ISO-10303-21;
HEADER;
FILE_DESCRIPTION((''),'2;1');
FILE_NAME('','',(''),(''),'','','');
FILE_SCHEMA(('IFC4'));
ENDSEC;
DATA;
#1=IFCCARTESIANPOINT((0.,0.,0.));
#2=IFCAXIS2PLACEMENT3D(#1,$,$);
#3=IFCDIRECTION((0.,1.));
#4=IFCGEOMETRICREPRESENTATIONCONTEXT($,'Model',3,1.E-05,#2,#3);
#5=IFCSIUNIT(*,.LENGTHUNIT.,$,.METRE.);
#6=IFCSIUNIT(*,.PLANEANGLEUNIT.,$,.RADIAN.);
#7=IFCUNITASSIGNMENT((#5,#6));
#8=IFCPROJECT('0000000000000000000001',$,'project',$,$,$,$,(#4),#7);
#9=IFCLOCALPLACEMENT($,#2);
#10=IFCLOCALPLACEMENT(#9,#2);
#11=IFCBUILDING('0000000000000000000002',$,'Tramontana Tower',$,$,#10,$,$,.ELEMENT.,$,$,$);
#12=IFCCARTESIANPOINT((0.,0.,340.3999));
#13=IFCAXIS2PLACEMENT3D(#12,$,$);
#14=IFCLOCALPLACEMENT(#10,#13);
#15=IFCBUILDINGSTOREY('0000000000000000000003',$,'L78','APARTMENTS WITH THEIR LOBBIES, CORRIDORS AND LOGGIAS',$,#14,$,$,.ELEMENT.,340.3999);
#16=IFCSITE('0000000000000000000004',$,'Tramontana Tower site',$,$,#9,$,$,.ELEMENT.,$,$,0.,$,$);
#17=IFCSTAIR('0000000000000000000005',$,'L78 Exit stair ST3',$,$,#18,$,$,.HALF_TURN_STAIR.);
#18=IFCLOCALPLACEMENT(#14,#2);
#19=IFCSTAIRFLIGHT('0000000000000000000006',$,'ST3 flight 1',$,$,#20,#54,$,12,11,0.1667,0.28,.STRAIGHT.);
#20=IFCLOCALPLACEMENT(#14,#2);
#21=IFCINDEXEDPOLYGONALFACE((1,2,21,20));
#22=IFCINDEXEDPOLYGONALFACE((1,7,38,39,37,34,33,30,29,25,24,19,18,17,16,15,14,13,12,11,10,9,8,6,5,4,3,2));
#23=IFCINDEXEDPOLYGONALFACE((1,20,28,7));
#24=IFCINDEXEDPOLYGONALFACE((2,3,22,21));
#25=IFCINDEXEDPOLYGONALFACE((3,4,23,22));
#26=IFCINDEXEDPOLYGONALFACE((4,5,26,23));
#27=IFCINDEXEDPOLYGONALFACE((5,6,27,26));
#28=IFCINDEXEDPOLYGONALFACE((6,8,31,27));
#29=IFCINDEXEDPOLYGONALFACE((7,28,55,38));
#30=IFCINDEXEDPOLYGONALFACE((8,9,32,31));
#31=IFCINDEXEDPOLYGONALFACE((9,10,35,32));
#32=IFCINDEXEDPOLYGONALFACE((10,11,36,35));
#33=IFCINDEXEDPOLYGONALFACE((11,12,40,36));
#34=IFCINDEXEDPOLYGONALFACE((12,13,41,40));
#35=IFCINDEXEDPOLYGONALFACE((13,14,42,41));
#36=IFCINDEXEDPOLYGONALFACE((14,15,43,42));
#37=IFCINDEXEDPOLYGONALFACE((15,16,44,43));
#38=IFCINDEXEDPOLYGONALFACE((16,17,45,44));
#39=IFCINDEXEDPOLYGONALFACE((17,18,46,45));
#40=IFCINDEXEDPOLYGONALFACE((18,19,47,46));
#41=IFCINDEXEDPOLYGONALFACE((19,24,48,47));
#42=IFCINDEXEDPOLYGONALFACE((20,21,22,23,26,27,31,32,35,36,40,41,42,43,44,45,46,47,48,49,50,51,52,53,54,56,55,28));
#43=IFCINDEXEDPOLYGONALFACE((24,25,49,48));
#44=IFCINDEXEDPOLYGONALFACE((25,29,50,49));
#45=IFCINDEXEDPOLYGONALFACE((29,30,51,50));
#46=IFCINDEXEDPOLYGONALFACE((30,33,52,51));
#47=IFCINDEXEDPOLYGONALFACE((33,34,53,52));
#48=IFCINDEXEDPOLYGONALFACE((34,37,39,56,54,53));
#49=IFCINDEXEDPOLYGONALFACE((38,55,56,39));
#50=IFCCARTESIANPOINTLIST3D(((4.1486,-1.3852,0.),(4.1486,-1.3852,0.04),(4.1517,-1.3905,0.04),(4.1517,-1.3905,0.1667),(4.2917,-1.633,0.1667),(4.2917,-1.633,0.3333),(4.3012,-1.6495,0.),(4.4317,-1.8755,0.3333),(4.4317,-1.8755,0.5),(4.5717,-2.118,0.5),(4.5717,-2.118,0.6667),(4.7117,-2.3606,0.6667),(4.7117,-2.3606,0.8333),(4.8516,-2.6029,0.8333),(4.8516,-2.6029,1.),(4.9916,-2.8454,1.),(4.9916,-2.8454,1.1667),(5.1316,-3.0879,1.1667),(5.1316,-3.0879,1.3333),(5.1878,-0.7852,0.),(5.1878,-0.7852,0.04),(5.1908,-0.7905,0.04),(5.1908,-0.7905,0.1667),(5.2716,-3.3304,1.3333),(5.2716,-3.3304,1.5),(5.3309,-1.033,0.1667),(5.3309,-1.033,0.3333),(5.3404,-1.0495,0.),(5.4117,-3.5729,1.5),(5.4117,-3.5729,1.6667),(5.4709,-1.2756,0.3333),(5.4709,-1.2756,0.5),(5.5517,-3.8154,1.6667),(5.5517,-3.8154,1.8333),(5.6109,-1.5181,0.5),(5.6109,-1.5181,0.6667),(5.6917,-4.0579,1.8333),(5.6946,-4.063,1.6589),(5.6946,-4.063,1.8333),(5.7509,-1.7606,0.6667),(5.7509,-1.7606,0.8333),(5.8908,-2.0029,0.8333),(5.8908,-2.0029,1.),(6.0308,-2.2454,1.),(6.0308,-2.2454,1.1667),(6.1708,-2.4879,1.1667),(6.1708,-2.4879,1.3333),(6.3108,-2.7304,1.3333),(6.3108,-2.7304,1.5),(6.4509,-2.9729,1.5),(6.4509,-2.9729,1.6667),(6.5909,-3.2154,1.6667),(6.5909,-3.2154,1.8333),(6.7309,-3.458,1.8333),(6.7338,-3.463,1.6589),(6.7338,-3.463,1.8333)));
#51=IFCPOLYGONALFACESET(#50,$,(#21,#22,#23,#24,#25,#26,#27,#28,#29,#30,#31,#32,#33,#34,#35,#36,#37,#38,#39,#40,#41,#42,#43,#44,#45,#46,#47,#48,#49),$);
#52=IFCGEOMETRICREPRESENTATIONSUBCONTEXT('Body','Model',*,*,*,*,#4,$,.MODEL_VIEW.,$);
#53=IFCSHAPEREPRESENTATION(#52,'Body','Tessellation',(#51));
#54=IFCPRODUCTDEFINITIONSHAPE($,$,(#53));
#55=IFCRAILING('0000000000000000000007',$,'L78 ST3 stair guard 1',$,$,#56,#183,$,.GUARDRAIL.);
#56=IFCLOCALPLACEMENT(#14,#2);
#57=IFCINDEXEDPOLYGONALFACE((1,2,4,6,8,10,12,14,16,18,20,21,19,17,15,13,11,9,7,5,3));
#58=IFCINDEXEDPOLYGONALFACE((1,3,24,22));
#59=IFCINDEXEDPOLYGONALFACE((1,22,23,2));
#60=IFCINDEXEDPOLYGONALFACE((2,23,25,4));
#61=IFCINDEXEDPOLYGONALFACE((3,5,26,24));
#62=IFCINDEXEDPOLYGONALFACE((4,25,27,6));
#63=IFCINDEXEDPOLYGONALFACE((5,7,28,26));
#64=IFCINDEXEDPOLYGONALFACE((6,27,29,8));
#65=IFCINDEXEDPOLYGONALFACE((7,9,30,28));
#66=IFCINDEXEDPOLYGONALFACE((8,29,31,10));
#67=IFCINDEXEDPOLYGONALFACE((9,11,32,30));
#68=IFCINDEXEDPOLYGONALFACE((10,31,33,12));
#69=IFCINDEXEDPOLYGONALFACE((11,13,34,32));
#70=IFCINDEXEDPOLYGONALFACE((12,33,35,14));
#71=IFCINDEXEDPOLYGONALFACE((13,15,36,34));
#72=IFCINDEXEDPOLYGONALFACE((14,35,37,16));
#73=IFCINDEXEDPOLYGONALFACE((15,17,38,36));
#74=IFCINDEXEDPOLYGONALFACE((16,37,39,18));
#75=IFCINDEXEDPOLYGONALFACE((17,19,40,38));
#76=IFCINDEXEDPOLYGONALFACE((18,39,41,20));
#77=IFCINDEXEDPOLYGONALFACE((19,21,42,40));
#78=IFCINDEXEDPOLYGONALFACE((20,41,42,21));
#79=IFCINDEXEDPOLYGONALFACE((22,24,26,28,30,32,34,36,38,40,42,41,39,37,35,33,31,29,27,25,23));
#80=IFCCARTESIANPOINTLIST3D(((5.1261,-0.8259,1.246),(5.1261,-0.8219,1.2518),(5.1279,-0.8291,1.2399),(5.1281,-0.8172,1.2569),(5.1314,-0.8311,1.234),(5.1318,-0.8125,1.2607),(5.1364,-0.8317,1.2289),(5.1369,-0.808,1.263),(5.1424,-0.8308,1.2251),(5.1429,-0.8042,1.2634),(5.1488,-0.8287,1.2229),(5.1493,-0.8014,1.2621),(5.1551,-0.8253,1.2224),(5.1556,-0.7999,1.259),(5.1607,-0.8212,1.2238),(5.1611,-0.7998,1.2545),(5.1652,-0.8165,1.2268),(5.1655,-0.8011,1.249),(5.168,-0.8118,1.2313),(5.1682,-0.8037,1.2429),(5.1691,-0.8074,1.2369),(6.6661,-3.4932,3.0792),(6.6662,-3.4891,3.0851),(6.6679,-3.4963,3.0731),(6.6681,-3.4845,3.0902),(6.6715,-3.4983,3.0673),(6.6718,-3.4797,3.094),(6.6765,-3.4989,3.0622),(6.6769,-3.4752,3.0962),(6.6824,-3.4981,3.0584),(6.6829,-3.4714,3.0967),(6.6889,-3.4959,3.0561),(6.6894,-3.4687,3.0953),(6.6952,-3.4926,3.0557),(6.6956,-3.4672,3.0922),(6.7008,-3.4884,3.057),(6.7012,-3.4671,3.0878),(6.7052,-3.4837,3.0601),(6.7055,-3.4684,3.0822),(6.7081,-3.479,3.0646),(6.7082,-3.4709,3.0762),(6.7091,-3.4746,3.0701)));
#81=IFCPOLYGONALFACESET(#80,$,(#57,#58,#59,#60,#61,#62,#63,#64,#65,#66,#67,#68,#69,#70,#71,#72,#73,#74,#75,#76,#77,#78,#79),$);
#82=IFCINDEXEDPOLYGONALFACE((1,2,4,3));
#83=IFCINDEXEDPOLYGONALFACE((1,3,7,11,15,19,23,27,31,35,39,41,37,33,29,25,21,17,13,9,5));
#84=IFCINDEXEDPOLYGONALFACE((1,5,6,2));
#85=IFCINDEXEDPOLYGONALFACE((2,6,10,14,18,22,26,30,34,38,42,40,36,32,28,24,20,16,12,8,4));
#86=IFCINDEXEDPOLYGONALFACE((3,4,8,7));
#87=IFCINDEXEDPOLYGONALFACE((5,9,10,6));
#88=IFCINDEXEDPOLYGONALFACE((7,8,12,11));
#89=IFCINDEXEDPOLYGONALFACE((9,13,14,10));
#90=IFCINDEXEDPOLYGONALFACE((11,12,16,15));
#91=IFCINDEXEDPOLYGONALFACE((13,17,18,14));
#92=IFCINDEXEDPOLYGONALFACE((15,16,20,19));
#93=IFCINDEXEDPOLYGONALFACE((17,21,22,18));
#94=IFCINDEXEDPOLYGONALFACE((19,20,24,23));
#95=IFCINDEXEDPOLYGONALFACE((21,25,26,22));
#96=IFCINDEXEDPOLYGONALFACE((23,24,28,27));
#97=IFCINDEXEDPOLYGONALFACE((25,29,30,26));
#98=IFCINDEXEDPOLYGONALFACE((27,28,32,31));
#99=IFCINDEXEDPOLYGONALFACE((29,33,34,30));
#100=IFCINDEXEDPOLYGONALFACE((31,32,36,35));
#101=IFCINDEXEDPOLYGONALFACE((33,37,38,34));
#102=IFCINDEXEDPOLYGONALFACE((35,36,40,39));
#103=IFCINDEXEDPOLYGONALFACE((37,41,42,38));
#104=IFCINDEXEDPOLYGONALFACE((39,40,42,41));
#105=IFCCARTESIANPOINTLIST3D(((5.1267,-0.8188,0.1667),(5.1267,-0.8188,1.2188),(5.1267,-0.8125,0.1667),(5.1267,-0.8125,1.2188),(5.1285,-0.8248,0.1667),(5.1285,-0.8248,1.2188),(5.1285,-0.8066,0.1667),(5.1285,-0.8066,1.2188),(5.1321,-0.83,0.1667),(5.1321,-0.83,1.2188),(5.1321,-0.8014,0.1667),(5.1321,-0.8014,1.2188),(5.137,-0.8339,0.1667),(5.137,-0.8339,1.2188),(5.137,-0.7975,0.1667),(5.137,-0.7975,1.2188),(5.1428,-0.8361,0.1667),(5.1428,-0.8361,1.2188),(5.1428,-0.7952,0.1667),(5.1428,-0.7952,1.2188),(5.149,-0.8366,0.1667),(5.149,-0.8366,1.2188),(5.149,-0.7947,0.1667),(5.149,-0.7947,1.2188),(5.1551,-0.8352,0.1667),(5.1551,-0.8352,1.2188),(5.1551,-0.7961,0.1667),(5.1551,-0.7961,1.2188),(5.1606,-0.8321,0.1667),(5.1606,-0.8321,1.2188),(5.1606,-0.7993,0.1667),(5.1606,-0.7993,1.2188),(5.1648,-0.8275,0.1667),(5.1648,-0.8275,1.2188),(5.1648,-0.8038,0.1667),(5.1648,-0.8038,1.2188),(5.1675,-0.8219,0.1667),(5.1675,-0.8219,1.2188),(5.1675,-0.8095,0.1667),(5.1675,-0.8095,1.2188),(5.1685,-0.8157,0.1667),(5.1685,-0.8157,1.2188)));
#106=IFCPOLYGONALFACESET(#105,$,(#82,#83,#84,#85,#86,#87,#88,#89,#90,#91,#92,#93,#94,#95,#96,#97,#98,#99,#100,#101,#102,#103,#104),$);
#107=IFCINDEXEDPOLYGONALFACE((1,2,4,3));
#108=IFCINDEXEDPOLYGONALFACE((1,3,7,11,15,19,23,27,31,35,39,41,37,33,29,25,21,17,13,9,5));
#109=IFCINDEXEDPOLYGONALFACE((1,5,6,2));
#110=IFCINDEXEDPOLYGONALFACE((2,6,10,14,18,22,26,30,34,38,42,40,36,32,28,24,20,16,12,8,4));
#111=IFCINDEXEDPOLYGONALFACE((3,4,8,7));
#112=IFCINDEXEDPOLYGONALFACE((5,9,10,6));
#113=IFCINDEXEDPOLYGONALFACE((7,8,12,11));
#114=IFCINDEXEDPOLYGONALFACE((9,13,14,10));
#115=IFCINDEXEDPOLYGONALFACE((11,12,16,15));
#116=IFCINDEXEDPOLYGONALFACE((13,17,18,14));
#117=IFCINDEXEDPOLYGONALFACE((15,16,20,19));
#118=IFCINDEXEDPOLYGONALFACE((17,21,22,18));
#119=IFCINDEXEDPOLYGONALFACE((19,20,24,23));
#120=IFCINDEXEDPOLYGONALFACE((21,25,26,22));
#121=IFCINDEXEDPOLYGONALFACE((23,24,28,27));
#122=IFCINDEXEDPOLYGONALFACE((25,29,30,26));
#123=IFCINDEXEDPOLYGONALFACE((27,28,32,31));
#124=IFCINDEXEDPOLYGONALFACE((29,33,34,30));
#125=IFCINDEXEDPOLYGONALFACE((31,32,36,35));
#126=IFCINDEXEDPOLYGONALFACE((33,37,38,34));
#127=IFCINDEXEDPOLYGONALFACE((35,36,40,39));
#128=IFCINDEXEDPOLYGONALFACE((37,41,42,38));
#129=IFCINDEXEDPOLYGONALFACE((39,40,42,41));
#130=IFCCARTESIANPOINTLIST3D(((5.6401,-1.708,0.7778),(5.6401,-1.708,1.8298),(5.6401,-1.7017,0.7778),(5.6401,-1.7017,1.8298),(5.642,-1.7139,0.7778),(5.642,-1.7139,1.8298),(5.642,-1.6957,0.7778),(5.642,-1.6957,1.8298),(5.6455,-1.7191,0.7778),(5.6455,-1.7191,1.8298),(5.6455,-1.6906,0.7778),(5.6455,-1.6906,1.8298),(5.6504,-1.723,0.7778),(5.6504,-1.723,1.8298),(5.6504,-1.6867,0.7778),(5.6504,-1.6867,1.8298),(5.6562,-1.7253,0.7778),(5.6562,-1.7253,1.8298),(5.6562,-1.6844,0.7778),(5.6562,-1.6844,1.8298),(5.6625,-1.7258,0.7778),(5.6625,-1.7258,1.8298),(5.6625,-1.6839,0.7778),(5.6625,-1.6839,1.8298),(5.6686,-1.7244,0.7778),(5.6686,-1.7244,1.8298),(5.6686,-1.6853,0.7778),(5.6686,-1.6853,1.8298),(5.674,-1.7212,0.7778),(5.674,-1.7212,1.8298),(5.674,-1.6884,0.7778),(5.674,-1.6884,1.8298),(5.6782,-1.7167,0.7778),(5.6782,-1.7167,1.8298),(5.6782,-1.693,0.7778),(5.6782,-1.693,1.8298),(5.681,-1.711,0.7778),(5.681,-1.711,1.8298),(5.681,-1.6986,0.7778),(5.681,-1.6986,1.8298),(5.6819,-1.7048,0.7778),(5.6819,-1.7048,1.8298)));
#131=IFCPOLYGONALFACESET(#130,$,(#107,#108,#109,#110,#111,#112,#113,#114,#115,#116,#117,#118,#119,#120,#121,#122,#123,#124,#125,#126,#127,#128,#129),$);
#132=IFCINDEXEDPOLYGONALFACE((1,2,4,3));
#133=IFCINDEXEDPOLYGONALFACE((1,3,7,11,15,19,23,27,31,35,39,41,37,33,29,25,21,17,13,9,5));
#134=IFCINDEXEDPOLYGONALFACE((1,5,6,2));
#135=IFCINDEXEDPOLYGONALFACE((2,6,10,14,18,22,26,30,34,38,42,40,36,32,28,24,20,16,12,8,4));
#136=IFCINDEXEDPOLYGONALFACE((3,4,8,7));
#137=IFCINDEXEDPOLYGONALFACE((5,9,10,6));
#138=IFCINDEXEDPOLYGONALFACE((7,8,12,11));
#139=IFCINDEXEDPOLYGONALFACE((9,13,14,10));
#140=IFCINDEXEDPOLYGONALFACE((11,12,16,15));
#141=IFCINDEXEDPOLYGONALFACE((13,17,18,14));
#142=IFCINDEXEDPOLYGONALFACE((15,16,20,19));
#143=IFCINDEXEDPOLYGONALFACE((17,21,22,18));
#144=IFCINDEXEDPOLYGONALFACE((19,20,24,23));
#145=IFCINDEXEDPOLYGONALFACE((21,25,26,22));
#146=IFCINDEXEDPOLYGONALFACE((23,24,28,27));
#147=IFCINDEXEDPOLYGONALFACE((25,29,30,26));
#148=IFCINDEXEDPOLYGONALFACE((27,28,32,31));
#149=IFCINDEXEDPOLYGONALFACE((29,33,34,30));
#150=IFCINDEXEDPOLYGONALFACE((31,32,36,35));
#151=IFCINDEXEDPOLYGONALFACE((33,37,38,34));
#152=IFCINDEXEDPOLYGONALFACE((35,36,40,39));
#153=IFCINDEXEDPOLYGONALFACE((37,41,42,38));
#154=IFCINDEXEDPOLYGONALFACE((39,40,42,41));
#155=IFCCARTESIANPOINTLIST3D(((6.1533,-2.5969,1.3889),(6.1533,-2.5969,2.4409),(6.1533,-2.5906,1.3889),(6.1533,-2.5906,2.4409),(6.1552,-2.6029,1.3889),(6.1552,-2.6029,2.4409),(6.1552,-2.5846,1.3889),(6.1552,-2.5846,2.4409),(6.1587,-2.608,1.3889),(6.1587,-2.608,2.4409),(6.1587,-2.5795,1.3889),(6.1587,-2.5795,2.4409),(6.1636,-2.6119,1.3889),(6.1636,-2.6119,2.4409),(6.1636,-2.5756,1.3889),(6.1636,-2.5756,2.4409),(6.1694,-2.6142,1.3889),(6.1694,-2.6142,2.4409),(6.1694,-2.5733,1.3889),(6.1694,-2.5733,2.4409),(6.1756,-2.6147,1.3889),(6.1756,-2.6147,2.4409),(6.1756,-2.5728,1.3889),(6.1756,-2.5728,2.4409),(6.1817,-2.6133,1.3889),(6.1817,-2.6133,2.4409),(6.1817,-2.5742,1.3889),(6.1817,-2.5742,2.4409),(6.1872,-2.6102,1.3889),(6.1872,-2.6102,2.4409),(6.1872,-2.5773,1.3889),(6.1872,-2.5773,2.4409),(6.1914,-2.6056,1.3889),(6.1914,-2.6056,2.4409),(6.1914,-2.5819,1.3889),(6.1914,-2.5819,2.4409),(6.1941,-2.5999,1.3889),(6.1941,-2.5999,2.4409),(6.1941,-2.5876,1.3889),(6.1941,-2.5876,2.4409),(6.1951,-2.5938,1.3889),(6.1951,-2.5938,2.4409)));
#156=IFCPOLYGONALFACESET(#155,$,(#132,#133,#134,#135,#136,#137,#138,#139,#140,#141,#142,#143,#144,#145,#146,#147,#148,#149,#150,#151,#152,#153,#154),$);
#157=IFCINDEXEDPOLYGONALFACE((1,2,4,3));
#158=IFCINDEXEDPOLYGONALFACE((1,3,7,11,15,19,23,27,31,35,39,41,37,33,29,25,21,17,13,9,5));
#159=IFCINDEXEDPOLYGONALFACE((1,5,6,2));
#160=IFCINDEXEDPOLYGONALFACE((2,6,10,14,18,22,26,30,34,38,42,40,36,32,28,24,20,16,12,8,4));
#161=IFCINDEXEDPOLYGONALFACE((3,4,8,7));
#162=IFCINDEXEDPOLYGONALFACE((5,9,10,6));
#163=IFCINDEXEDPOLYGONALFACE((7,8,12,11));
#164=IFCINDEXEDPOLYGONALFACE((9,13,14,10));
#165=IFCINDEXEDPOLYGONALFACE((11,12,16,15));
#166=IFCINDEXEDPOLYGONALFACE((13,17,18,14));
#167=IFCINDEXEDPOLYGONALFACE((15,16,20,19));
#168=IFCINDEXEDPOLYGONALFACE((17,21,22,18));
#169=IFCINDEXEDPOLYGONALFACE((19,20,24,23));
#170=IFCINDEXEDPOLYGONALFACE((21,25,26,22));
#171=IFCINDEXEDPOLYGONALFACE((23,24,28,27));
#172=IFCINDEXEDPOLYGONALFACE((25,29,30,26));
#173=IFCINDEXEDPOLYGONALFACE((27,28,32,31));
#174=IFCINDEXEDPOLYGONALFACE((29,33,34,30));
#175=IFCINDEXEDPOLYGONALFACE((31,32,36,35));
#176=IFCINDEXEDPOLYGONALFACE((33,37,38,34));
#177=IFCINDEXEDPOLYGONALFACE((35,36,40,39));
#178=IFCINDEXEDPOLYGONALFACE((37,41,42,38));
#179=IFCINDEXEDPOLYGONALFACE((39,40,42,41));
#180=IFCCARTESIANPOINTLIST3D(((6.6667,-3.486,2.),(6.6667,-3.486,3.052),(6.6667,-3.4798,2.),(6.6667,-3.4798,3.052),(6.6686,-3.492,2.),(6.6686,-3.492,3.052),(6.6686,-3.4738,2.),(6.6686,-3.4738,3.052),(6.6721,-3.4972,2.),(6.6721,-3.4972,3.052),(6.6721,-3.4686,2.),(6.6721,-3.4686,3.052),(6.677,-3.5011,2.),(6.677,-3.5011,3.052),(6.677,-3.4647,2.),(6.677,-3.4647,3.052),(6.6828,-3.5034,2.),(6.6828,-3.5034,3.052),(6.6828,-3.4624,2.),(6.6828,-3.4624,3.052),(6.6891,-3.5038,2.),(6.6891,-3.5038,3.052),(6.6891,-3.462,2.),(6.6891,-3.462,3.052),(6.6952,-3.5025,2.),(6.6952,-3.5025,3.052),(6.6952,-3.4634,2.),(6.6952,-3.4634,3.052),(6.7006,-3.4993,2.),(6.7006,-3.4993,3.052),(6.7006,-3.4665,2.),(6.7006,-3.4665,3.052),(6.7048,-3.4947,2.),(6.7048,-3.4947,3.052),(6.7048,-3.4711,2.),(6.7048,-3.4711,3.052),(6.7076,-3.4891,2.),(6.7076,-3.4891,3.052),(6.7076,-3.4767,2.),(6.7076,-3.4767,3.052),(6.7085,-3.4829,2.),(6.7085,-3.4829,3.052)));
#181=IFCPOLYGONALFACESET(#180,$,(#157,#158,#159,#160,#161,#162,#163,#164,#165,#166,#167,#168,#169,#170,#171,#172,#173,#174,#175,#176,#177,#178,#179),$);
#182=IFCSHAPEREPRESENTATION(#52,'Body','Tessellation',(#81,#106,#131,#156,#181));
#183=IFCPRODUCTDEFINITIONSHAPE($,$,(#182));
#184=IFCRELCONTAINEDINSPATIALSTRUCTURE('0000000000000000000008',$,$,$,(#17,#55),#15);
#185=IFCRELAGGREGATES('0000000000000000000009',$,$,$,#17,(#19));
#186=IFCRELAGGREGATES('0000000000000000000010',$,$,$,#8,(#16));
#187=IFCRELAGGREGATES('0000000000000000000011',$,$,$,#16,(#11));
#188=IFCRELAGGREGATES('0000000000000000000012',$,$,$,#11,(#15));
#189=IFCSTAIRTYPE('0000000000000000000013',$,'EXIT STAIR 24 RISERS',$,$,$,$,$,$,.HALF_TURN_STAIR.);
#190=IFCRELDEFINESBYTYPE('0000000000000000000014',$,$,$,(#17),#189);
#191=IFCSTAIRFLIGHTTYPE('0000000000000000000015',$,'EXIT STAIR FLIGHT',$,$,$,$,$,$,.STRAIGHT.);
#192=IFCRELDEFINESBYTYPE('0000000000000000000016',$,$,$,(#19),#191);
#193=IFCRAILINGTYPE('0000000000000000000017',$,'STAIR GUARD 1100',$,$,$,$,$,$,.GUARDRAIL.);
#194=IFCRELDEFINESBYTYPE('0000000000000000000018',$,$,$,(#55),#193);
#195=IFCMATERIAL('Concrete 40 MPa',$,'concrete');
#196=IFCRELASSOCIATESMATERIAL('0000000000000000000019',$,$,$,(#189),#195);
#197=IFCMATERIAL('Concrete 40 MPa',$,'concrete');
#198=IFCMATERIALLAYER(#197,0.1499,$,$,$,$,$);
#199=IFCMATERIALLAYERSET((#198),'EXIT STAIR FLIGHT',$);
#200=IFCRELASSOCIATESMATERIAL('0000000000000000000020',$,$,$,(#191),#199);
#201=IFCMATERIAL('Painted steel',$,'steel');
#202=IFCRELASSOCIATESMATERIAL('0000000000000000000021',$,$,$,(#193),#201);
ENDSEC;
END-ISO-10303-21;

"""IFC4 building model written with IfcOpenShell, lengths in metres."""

from ifc_helpers import new_model, si_unit, direction, frame, origin, origin_2d, place, context, subcontext, project, spatial, polyline, circle, outline, extrude, material, layer, layer_set, type_object, element, aggregate, save


model = new_model("IFC4")

# Units and contexts
model_context = context("Model", 3, precision=1e-05, world=origin(), true_north=direction((0.0, 1.0)))
body_context = subcontext(model_context, "Body", "Model", "MODEL_VIEW")
ifc_project = project(units=[si_unit("LENGTHUNIT", "METRE"), si_unit("PLANEANGLEUNIT", "RADIAN")], contexts=[model_context])

# Site, building, storey
site_placement = place(None, origin())
site = spatial("IfcSite", under=ifc_project, at=site_placement, Name="Tramontana Tower site", CompositionType="ELEMENT", RefElevation=0.0)
building_placement = place(site_placement, origin())
building = spatial("IfcBuilding", under=site, at=building_placement, Name="Tramontana Tower", CompositionType="ELEMENT")
storey_placement = place(building_placement, frame((0.0, 0.0, 340.3999)))
storey = spatial("IfcBuildingStorey", under=building, at=storey_placement, Name="L78", Description="APARTMENTS WITH THEIR LOBBIES, CORRIDORS AND LOGGIAS", CompositionType="ELEMENT", Elevation=340.3999)

# Stair, stair flight
ifc_material_1 = material(Name="Concrete 40 MPa", Category="concrete")
stair_type = type_object("IfcStairType", Name="EXIT STAIR 24 RISERS", PredefinedType="HALF_TURN_STAIR", material=ifc_material_1)
stair_placement = place(storey_placement, origin())
stair = element("IfcStair", 1, at=stair_placement, inside=storey, type_object=stair_type, Name="L78 Exit stair ST3", PredefinedType="HALF_TURN_STAIR")
ifc_material_2 = material(Name="Concrete 40 MPa", Category="concrete")
ifc_layer_1 = layer(ifc_material_2, 0.1499)
ifc_layer_set_1 = layer_set([ifc_layer_1], Name="EXIT STAIR FLIGHT")
stair_flight_type = type_object("IfcStairFlightType", Name="EXIT STAIR FLIGHT", PredefinedType="STRAIGHT", material=ifc_layer_set_1)
stair_flight_placement = place(storey_placement, frame((4.6711, -1.0906, 0.0), z_axis=(0.0, 0.0, 1.0), x_axis=(0.5, -0.866025, 0.0)))
stair_flight = element("IfcStairFlight", 2, at=stair_flight_placement, type_object=stair_flight_type, Name="ST3 flight 1", NumberOfRisers=12, NumberOfTreads=11, PredefinedType="STRAIGHT", RiserHeight=0.1667, TreadLength=0.28, context=body_context, shape_type="SweptSolid", body=[
    extrude(outline(polyline([(-0.0061, 0.0), (-0.0061, 0.04), (0.0, 0.04), (0.0, 0.1667), (0.28, 0.1667), (0.28, 0.3333), (0.5601, 0.3333), (0.5601, 0.5), (0.8401, 0.5), (0.8401, 0.6667), (1.1201, 0.6667), (1.1201, 0.8333), (1.3999, 0.8333), (1.3999, 1.0), (1.6799, 1.0), (1.6799, 1.1667), (1.96, 1.1667), (1.96, 1.3333), (2.24, 1.3333), (2.24, 1.5), (2.52, 1.5), (2.52, 1.6667), (2.8, 1.6667), (2.8, 1.8333), (3.0801, 1.8333), (3.0859, 1.8333), (3.0859, 1.6589), (0.2991, 0.0), (-0.0061, 0.0)])), frame((0.0, 0.6001, 0.0), z_axis=(0.0, -1.0, 0.0), x_axis=(1.0, 0.0, 0.0)), (0.0, 0.0, 1.0), 1.2),
])
aggregate(stair, [stair_flight])

# Railing
ifc_material_3 = material(Name="Painted steel", Category="steel")
railing_type_1 = type_object("IfcRailingType", Name="STAIR GUARD 1100", PredefinedType="GUARDRAIL", material=ifc_material_3)
railing_1_placement = place(storey_placement, frame((5.1475, -0.8157, 0.1667)))
element("IfcRailing", 3, at=railing_1_placement, inside=storey, type_object=railing_type_1, Name="L78 ST3 stair guard 1", PredefinedType="GUARDRAIL", context=body_context, shape_type="SweptSolid", body=[
    extrude(circle(Radius=0.0239, at=origin_2d()), frame((0.0, 0.0, 1.0762), z_axis=(0.429671, -0.744159, 0.511478), x_axis=(0.86601, 0.500027, 0.0)), (0.0, 0.0, 1.0), 3.5842),
    extrude(circle(Radius=0.021, at=origin_2d()), origin(), (0.0, 0.0, 1.0), 1.052),
    extrude(circle(Radius=0.021, at=origin_2d()), frame((0.5134, -0.8892, 0.6111)), (0.0, 0.0, 1.0), 1.052),
    extrude(circle(Radius=0.021, at=origin_2d()), frame((1.0266, -1.7781, 1.2222)), (0.0, 0.0, 1.0), 1.052),
    extrude(circle(Radius=0.021, at=origin_2d()), frame((1.54, -2.6672, 1.8333)), (0.0, 0.0, 1.0), 1.052),
])

save(model, "model.ifc")
